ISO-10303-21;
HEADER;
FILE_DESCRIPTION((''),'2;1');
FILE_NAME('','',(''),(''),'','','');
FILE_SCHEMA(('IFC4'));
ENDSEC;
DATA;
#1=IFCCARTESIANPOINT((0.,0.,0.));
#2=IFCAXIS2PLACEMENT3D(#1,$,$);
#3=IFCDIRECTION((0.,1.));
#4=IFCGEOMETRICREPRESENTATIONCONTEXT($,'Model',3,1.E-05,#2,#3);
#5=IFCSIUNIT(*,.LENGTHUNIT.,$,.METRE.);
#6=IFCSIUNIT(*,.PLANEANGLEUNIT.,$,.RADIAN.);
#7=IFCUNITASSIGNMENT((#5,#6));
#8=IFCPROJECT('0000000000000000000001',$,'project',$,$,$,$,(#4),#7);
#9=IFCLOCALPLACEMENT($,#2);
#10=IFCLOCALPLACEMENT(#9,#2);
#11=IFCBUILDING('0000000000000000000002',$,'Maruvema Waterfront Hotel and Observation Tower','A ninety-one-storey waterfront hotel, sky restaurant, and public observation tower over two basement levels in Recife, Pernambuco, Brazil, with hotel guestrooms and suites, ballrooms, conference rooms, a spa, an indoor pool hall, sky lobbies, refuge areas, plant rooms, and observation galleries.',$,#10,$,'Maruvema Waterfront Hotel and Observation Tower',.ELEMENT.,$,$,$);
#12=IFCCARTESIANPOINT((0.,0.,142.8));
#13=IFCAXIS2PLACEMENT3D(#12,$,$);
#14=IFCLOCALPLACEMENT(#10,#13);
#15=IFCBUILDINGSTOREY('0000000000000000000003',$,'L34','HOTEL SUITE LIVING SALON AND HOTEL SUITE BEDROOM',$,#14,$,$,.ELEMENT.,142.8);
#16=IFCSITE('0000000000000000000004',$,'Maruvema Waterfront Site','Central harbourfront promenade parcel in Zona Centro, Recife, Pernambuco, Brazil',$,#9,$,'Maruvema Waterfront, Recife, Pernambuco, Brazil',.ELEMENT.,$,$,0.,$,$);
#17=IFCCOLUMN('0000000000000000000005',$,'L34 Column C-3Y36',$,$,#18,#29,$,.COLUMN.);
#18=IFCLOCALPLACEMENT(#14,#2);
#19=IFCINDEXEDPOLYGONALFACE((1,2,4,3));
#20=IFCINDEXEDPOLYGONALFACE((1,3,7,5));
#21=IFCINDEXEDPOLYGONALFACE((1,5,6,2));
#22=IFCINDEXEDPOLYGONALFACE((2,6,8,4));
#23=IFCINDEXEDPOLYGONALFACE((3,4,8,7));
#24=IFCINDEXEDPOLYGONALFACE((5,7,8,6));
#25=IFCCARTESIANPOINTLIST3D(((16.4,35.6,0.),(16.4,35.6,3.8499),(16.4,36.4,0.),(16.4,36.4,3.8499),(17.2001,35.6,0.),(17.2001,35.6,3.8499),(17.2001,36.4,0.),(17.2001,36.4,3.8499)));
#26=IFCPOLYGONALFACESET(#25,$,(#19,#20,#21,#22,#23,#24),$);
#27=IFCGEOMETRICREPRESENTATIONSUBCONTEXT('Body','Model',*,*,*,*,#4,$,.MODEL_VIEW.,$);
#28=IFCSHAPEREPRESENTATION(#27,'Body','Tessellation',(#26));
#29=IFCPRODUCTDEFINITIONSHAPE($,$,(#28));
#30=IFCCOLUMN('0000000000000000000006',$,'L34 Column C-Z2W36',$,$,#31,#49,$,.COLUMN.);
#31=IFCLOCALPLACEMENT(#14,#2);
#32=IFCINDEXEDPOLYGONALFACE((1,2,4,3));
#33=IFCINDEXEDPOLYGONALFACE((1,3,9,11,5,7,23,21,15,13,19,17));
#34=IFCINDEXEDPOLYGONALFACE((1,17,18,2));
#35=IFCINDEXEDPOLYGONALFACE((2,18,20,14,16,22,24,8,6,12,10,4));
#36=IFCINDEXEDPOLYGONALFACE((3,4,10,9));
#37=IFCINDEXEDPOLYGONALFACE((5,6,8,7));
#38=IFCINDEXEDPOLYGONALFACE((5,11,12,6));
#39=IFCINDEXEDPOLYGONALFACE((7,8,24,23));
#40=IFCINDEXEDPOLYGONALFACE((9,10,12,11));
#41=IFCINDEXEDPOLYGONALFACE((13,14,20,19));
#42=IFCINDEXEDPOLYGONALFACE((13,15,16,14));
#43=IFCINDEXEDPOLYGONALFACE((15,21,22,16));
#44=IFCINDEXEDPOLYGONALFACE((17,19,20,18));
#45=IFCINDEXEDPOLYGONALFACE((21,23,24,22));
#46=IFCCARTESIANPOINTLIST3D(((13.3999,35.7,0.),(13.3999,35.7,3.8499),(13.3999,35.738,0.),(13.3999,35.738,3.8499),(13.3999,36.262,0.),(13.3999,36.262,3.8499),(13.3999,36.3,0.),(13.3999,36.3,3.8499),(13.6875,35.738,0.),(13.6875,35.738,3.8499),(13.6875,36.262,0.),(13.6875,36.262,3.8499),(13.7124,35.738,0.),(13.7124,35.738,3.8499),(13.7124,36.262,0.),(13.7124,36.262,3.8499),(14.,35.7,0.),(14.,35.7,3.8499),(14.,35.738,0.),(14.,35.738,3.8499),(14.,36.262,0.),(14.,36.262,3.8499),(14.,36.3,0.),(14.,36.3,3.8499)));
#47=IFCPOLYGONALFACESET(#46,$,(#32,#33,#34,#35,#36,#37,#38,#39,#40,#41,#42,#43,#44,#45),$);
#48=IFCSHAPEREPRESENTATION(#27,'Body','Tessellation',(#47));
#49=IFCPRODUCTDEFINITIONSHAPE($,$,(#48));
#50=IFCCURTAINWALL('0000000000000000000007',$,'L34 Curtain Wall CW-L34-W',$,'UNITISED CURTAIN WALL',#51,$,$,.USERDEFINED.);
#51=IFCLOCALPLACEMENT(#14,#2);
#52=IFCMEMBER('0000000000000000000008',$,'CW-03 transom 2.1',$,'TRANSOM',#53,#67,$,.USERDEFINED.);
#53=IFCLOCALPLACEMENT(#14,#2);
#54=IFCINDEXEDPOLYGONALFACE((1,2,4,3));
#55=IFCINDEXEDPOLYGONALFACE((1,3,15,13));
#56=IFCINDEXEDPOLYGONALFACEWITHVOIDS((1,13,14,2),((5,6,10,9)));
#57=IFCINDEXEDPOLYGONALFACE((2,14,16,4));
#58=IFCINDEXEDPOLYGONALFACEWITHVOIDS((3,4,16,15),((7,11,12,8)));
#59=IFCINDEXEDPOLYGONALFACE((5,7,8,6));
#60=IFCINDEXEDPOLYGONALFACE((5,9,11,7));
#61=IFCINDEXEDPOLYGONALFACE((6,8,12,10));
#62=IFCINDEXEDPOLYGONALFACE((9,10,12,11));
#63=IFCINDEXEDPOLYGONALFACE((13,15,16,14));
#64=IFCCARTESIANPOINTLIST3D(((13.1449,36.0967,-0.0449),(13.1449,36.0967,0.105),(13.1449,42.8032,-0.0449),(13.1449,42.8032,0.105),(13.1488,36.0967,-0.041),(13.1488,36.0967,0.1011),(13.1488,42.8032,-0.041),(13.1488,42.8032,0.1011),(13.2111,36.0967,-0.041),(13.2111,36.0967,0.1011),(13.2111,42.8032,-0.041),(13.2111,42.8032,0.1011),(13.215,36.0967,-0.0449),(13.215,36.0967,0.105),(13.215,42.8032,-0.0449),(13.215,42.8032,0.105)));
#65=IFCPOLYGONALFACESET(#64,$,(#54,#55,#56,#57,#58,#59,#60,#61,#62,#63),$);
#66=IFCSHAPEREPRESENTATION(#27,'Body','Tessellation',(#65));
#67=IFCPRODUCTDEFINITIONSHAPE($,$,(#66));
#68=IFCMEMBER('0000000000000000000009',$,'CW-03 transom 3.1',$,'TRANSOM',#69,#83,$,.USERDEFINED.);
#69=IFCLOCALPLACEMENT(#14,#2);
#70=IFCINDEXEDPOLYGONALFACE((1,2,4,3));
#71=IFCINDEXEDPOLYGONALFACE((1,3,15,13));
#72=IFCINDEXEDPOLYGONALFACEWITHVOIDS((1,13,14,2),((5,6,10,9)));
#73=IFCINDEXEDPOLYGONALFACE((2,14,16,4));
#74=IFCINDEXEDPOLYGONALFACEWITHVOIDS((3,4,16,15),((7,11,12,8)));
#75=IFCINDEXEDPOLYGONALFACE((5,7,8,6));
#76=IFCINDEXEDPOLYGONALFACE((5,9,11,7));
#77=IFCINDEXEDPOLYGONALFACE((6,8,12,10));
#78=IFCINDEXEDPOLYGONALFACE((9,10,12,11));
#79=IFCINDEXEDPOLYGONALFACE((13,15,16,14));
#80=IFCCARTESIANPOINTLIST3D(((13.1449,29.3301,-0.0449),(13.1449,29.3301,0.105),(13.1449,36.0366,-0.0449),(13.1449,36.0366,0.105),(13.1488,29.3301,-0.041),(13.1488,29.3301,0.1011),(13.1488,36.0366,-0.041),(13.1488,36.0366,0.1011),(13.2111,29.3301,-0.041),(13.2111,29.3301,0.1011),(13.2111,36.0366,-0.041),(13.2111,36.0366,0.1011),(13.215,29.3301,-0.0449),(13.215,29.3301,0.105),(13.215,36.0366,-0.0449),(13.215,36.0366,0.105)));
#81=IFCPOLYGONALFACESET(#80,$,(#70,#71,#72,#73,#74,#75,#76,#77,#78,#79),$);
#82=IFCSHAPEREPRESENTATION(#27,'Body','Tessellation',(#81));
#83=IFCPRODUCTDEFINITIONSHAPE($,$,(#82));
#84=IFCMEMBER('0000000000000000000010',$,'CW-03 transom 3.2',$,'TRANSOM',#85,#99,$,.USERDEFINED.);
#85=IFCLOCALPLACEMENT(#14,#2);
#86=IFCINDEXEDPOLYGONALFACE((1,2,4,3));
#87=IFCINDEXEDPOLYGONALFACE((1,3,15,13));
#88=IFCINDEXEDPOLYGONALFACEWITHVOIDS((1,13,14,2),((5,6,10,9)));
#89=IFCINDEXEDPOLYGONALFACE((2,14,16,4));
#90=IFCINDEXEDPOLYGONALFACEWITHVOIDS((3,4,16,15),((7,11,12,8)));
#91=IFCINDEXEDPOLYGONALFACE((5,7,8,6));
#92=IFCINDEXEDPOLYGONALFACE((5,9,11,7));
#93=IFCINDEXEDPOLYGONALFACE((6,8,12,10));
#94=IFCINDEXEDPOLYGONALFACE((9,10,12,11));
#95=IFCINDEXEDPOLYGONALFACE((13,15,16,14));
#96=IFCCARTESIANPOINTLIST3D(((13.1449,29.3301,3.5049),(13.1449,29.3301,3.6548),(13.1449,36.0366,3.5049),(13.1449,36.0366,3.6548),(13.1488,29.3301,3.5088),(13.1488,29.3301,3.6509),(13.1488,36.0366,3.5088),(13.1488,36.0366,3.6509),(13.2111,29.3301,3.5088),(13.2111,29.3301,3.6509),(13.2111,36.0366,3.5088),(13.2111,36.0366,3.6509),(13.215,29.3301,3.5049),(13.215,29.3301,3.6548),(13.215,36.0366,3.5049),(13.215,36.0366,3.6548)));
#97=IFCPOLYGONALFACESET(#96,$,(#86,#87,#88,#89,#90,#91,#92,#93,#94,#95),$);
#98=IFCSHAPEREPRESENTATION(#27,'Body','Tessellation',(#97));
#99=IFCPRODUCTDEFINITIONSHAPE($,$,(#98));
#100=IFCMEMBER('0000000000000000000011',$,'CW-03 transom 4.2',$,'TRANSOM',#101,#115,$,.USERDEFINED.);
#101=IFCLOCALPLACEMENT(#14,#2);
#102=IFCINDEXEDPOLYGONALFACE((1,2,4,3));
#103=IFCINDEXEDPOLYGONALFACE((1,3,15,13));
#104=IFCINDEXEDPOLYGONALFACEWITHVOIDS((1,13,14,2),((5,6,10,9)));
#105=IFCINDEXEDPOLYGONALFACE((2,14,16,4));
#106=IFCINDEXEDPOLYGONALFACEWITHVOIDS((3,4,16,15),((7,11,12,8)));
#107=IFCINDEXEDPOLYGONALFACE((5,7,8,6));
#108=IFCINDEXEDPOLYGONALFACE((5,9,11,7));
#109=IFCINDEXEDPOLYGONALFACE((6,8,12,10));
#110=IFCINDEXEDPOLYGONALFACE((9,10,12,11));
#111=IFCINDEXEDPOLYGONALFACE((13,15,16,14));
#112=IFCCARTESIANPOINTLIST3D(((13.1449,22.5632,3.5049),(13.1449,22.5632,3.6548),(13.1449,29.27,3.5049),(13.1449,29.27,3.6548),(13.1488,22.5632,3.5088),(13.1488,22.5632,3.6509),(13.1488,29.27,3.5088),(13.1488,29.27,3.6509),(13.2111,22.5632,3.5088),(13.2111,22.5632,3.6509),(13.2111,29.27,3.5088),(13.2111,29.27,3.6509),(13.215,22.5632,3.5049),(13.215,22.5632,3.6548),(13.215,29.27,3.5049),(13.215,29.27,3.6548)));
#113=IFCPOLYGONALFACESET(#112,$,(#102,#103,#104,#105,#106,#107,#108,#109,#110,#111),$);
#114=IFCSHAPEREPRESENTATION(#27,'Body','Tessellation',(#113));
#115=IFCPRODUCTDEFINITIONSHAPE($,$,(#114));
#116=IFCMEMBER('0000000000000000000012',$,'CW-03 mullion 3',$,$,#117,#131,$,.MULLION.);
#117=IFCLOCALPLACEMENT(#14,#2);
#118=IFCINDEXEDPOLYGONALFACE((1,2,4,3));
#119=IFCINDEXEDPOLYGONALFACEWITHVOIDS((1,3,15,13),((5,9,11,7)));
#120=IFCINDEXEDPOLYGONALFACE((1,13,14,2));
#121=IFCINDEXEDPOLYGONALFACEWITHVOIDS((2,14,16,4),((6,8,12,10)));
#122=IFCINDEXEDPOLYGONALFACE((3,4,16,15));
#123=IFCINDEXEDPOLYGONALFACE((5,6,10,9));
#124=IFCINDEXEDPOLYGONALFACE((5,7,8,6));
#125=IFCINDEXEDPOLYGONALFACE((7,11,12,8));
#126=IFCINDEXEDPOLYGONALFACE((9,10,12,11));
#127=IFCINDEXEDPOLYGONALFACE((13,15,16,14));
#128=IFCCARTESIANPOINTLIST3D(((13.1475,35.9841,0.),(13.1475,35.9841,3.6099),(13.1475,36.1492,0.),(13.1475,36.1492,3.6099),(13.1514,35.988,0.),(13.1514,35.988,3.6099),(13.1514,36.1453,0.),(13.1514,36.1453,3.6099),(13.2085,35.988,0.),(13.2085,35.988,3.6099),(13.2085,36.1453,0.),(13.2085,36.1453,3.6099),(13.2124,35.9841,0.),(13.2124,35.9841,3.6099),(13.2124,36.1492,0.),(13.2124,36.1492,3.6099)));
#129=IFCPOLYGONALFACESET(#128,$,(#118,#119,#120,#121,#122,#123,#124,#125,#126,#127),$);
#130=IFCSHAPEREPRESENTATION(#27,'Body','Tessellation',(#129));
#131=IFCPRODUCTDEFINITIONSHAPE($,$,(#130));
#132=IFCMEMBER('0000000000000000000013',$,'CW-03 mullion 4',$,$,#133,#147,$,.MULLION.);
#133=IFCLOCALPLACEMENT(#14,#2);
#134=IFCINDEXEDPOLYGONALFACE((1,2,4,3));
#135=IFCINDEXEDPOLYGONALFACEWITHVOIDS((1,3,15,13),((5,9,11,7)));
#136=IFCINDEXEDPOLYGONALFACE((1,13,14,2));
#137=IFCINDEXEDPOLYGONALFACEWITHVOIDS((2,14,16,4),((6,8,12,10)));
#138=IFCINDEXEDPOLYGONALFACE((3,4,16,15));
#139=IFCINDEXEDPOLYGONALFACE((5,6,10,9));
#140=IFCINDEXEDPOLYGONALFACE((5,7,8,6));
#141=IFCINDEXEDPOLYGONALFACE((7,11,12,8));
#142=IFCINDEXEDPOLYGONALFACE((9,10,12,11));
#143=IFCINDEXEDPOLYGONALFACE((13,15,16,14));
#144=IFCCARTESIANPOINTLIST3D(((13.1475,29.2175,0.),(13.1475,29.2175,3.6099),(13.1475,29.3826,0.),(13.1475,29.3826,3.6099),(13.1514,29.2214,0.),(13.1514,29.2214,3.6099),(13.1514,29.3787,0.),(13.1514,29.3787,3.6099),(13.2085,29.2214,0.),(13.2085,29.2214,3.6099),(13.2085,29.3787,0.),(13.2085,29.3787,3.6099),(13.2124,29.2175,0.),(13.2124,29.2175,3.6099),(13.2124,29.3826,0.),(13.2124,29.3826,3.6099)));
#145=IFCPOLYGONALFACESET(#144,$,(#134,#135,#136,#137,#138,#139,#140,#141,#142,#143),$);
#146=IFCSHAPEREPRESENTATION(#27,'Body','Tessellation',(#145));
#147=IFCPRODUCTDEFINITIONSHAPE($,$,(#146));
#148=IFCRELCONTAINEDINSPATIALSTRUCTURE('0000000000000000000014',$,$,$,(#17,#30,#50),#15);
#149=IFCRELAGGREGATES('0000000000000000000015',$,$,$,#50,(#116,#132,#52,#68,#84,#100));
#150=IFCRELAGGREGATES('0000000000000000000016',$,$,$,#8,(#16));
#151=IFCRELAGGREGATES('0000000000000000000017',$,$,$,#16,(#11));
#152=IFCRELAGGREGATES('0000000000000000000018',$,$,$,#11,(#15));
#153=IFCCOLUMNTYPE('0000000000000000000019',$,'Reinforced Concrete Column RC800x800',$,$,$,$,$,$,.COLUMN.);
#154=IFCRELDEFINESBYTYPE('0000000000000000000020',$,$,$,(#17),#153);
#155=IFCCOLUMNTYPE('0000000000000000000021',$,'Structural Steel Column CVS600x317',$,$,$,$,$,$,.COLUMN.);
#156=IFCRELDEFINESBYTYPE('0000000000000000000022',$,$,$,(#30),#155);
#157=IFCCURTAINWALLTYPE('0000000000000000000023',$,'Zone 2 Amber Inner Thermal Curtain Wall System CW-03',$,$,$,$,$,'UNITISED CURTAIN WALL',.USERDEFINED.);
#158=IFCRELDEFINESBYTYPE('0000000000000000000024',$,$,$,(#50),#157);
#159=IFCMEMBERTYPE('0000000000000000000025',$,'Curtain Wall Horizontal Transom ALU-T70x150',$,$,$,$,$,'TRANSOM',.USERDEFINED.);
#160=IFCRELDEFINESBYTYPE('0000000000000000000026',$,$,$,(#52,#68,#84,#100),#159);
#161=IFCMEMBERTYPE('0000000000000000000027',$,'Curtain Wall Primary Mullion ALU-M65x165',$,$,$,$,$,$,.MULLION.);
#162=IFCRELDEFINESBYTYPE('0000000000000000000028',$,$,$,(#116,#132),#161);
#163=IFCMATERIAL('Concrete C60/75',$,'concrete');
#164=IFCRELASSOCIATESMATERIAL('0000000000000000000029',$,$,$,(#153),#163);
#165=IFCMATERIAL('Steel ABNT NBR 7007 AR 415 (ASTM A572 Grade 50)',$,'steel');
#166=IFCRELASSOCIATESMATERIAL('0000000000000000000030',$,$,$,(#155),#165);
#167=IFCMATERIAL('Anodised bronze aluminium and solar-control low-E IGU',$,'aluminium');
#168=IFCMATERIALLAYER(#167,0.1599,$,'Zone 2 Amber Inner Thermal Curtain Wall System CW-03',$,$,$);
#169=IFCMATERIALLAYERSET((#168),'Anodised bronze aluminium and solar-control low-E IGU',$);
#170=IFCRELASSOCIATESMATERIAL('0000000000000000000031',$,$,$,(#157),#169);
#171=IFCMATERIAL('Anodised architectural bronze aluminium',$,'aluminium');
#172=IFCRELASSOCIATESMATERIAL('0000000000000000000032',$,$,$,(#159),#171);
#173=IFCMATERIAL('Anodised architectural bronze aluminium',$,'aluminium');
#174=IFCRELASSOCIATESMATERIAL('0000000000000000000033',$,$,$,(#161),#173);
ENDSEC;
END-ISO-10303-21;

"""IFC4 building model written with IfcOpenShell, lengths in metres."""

from ifc_helpers import new_model, si_unit, direction, frame, origin, origin_2d, place, context, subcontext, project, spatial, rectangle, hollow_rectangle, i_section, extrude, material, layer, layer_set, material_profile, profile_set, type_object, element, aggregate, save


model = new_model("IFC4")

# Units and contexts
model_context = context("Model", 3, precision=1e-05, world=origin(), true_north=direction((0.0, 1.0)))
body_context = subcontext(model_context, "Body", "Model", "MODEL_VIEW")
ifc_project = project(units=[si_unit("LENGTHUNIT", "METRE"), si_unit("PLANEANGLEUNIT", "RADIAN")], contexts=[model_context])

# Site, building, storey
site_placement = place(None, origin())
site = spatial("IfcSite", under=ifc_project, at=site_placement, Name="Maruvema Waterfront Site", Description="Central harbourfront promenade parcel in Zona Centro, Recife, Pernambuco, Brazil", LongName="Maruvema Waterfront, Recife, Pernambuco, Brazil", CompositionType="ELEMENT", RefElevation=0.0)
building_placement = place(site_placement, origin())
building = spatial("IfcBuilding", under=site, at=building_placement, Name="Maruvema Waterfront Hotel and Observation Tower", Description="A ninety-one-storey waterfront hotel, sky restaurant, and public observation tower over two basement levels in Recife, Pernambuco, Brazil, with hotel guestrooms and suites, ballrooms, conference rooms, a spa, an indoor pool hall, sky lobbies, refuge areas, plant rooms, and observation galleries.", LongName="Maruvema Waterfront Hotel and Observation Tower", CompositionType="ELEMENT")
storey_placement = place(building_placement, frame((0.0, 0.0, 142.8)))
storey = spatial("IfcBuildingStorey", under=building, at=storey_placement, Name="L34", Description="HOTEL SUITE LIVING SALON AND HOTEL SUITE BEDROOM", CompositionType="ELEMENT", Elevation=142.8)

# Columns
ifc_material_1 = material(Name="Concrete C60/75", Category="concrete")
ifc_material_profile_1 = material_profile(ifc_material_1, rectangle(XDim=0.8, YDim=0.8, at=origin_2d()), Name="RC800x800")
ifc_profile_set_1 = profile_set([ifc_material_profile_1], Name="Concrete C60/75")
column_type_1 = type_object("IfcColumnType", Name="Reinforced Concrete Column RC800x800", PredefinedType="COLUMN", material=ifc_profile_set_1)
column_1_placement = place(storey_placement, frame((16.8, 36.0, 0.0), z_axis=(0.0, 0.0, 1.0), x_axis=(1.0, 0.0, 0.0)))
element("IfcColumn", 1, at=column_1_placement, inside=storey, type_object=column_type_1, Name="L34 Column C-3Y36", PredefinedType="COLUMN", context=body_context, shape_type="SweptSolid", body=[
    extrude(rectangle(XDim=0.8, YDim=0.8, at=origin_2d()), origin(), (0.0, 0.0, 1.0), 3.8499),
])
ifc_material_2 = material(Name="Steel ABNT NBR 7007 AR 415 (ASTM A572 Grade 50)", Category="steel")
ifc_material_profile_2 = material_profile(ifc_material_2, i_section(OverallWidth=0.6001, OverallDepth=0.6001, WebThickness=0.0249, FlangeThickness=0.0381, at=origin_2d()), Name="CVS600x317")
ifc_profile_set_2 = profile_set([ifc_material_profile_2], Name="Steel ABNT NBR 7007 AR 415 (ASTM A572 Grade 50)")
column_type_2 = type_object("IfcColumnType", Name="Structural Steel Column CVS600x317", PredefinedType="COLUMN", material=ifc_profile_set_2)
column_2_placement = place(storey_placement, frame((13.7, 36.0, 0.0), z_axis=(0.0, 0.0, 1.0), x_axis=(1.0, 0.0, 0.0)))
element("IfcColumn", 2, at=column_2_placement, inside=storey, type_object=column_type_2, Name="L34 Column C-Z2W36", PredefinedType="COLUMN", context=body_context, shape_type="SweptSolid", body=[
    extrude(i_section(OverallWidth=0.6001, OverallDepth=0.6001, WebThickness=0.0249, FlangeThickness=0.0381, at=origin_2d()), origin(), (0.0, 0.0, 1.0), 3.8499),
])

# Curtain wall, members
ifc_material_3 = material(Name="Anodised bronze aluminium and solar-control low-E IGU", Category="aluminium")
ifc_layer_1 = layer(ifc_material_3, 0.1599, Name="Zone 2 Amber Inner Thermal Curtain Wall System CW-03")
ifc_layer_set_1 = layer_set([ifc_layer_1], Name="Anodised bronze aluminium and solar-control low-E IGU")
curtain_wall_type = type_object("IfcCurtainWallType", Name="Zone 2 Amber Inner Thermal Curtain Wall System CW-03", ElementType="UNITISED CURTAIN WALL", PredefinedType="USERDEFINED", material=ifc_layer_set_1)
curtain_wall_placement = place(storey_placement, origin())
curtain_wall = element("IfcCurtainWall", 3, at=curtain_wall_placement, inside=storey, type_object=curtain_wall_type, Name="L34 Curtain Wall CW-L34-W", ObjectType="UNITISED CURTAIN WALL", PredefinedType="USERDEFINED")
ifc_material_4 = material(Name="Anodised architectural bronze aluminium", Category="aluminium")
ifc_material_profile_3 = material_profile(ifc_material_4, hollow_rectangle(XDim=0.0701, YDim=0.1499, WallThickness=0.0039, at=origin_2d()), Name="ALU-T70x150")
ifc_profile_set_3 = profile_set([ifc_material_profile_3], Name="Anodised architectural bronze aluminium")
member_type_1 = type_object("IfcMemberType", Name="Curtain Wall Horizontal Transom ALU-T70x150", ElementType="TRANSOM", PredefinedType="USERDEFINED", material=ifc_profile_set_3)
member_1_placement = place(storey_placement, frame((13.1799, 42.8032, 0.03), z_axis=(0.0, -1.0, 0.0), x_axis=(1.0, 0.0, 0.0)))
member_1 = element("IfcMember", 4, at=member_1_placement, type_object=member_type_1, Name="CW-03 transom 2.1", ObjectType="TRANSOM", PredefinedType="USERDEFINED", context=body_context, shape_type="SweptSolid", body=[
    extrude(hollow_rectangle(XDim=0.0701, YDim=0.1499, WallThickness=0.0039, at=origin_2d()), origin(), (0.0, 0.0, 1.0), 6.7065),
])
member_2_placement = place(storey_placement, frame((13.1799, 36.0366, 0.03), z_axis=(0.0, -1.0, 0.0), x_axis=(1.0, 0.0, 0.0)))
member_2 = element("IfcMember", 5, at=member_2_placement, type_object=member_type_1, Name="CW-03 transom 3.1", ObjectType="TRANSOM", PredefinedType="USERDEFINED", context=body_context, shape_type="SweptSolid", body=[
    extrude(hollow_rectangle(XDim=0.0701, YDim=0.1499, WallThickness=0.0039, at=origin_2d()), origin(), (0.0, 0.0, 1.0), 6.7065),
])
member_3_placement = place(storey_placement, frame((13.1799, 36.0366, 3.5798), z_axis=(0.0, -1.0, 0.0), x_axis=(1.0, 0.0, 0.0)))
member_3 = element("IfcMember", 6, at=member_3_placement, type_object=member_type_1, Name="CW-03 transom 3.2", ObjectType="TRANSOM", PredefinedType="USERDEFINED", context=body_context, shape_type="SweptSolid", body=[
    extrude(hollow_rectangle(XDim=0.0701, YDim=0.1499, WallThickness=0.0039, at=origin_2d()), origin(), (0.0, 0.0, 1.0), 6.7065),
])
member_4_placement = place(storey_placement, frame((13.1799, 29.27, 3.5798), z_axis=(0.0, -1.0, 0.0), x_axis=(1.0, 0.0, 0.0)))
member_4 = element("IfcMember", 7, at=member_4_placement, type_object=member_type_1, Name="CW-03 transom 4.2", ObjectType="TRANSOM", PredefinedType="USERDEFINED", context=body_context, shape_type="SweptSolid", body=[
    extrude(hollow_rectangle(XDim=0.0701, YDim=0.1499, WallThickness=0.0039, at=origin_2d()), origin(), (0.0, 0.0, 1.0), 6.7068),
])
ifc_material_5 = material(Name="Anodised architectural bronze aluminium", Category="aluminium")
ifc_material_profile_4 = material_profile(ifc_material_5, hollow_rectangle(XDim=0.0649, YDim=0.165, WallThickness=0.0039, at=origin_2d()), Name="ALU-M65x165")
ifc_profile_set_4 = profile_set([ifc_material_profile_4], Name="Anodised architectural bronze aluminium")
member_type_2 = type_object("IfcMemberType", Name="Curtain Wall Primary Mullion ALU-M65x165", PredefinedType="MULLION", material=ifc_profile_set_4)
member_5_placement = place(storey_placement, frame((13.1799, 36.0667, 0.0), z_axis=(0.0, 0.0, 1.0), x_axis=(1.0, 0.0, 0.0)))
member_5 = element("IfcMember", 8, at=member_5_placement, type_object=member_type_2, Name="CW-03 mullion 3", PredefinedType="MULLION", context=body_context, shape_type="SweptSolid", body=[
    extrude(hollow_rectangle(XDim=0.0649, YDim=0.165, WallThickness=0.0039, at=origin_2d()), origin(), (0.0, 0.0, 1.0), 3.6099),
])
member_6_placement = place(storey_placement, frame((13.1799, 29.3, 0.0), z_axis=(0.0, 0.0, 1.0), x_axis=(1.0, 0.0, 0.0)))
member_6 = element("IfcMember", 9, at=member_6_placement, type_object=member_type_2, Name="CW-03 mullion 4", PredefinedType="MULLION", context=body_context, shape_type="SweptSolid", body=[
    extrude(hollow_rectangle(XDim=0.0649, YDim=0.165, WallThickness=0.0039, at=origin_2d()), origin(), (0.0, 0.0, 1.0), 3.6099),
])

aggregate(curtain_wall, [member_5, member_6, member_1, member_2, member_3, member_4])

save(model, "model.ifc")
